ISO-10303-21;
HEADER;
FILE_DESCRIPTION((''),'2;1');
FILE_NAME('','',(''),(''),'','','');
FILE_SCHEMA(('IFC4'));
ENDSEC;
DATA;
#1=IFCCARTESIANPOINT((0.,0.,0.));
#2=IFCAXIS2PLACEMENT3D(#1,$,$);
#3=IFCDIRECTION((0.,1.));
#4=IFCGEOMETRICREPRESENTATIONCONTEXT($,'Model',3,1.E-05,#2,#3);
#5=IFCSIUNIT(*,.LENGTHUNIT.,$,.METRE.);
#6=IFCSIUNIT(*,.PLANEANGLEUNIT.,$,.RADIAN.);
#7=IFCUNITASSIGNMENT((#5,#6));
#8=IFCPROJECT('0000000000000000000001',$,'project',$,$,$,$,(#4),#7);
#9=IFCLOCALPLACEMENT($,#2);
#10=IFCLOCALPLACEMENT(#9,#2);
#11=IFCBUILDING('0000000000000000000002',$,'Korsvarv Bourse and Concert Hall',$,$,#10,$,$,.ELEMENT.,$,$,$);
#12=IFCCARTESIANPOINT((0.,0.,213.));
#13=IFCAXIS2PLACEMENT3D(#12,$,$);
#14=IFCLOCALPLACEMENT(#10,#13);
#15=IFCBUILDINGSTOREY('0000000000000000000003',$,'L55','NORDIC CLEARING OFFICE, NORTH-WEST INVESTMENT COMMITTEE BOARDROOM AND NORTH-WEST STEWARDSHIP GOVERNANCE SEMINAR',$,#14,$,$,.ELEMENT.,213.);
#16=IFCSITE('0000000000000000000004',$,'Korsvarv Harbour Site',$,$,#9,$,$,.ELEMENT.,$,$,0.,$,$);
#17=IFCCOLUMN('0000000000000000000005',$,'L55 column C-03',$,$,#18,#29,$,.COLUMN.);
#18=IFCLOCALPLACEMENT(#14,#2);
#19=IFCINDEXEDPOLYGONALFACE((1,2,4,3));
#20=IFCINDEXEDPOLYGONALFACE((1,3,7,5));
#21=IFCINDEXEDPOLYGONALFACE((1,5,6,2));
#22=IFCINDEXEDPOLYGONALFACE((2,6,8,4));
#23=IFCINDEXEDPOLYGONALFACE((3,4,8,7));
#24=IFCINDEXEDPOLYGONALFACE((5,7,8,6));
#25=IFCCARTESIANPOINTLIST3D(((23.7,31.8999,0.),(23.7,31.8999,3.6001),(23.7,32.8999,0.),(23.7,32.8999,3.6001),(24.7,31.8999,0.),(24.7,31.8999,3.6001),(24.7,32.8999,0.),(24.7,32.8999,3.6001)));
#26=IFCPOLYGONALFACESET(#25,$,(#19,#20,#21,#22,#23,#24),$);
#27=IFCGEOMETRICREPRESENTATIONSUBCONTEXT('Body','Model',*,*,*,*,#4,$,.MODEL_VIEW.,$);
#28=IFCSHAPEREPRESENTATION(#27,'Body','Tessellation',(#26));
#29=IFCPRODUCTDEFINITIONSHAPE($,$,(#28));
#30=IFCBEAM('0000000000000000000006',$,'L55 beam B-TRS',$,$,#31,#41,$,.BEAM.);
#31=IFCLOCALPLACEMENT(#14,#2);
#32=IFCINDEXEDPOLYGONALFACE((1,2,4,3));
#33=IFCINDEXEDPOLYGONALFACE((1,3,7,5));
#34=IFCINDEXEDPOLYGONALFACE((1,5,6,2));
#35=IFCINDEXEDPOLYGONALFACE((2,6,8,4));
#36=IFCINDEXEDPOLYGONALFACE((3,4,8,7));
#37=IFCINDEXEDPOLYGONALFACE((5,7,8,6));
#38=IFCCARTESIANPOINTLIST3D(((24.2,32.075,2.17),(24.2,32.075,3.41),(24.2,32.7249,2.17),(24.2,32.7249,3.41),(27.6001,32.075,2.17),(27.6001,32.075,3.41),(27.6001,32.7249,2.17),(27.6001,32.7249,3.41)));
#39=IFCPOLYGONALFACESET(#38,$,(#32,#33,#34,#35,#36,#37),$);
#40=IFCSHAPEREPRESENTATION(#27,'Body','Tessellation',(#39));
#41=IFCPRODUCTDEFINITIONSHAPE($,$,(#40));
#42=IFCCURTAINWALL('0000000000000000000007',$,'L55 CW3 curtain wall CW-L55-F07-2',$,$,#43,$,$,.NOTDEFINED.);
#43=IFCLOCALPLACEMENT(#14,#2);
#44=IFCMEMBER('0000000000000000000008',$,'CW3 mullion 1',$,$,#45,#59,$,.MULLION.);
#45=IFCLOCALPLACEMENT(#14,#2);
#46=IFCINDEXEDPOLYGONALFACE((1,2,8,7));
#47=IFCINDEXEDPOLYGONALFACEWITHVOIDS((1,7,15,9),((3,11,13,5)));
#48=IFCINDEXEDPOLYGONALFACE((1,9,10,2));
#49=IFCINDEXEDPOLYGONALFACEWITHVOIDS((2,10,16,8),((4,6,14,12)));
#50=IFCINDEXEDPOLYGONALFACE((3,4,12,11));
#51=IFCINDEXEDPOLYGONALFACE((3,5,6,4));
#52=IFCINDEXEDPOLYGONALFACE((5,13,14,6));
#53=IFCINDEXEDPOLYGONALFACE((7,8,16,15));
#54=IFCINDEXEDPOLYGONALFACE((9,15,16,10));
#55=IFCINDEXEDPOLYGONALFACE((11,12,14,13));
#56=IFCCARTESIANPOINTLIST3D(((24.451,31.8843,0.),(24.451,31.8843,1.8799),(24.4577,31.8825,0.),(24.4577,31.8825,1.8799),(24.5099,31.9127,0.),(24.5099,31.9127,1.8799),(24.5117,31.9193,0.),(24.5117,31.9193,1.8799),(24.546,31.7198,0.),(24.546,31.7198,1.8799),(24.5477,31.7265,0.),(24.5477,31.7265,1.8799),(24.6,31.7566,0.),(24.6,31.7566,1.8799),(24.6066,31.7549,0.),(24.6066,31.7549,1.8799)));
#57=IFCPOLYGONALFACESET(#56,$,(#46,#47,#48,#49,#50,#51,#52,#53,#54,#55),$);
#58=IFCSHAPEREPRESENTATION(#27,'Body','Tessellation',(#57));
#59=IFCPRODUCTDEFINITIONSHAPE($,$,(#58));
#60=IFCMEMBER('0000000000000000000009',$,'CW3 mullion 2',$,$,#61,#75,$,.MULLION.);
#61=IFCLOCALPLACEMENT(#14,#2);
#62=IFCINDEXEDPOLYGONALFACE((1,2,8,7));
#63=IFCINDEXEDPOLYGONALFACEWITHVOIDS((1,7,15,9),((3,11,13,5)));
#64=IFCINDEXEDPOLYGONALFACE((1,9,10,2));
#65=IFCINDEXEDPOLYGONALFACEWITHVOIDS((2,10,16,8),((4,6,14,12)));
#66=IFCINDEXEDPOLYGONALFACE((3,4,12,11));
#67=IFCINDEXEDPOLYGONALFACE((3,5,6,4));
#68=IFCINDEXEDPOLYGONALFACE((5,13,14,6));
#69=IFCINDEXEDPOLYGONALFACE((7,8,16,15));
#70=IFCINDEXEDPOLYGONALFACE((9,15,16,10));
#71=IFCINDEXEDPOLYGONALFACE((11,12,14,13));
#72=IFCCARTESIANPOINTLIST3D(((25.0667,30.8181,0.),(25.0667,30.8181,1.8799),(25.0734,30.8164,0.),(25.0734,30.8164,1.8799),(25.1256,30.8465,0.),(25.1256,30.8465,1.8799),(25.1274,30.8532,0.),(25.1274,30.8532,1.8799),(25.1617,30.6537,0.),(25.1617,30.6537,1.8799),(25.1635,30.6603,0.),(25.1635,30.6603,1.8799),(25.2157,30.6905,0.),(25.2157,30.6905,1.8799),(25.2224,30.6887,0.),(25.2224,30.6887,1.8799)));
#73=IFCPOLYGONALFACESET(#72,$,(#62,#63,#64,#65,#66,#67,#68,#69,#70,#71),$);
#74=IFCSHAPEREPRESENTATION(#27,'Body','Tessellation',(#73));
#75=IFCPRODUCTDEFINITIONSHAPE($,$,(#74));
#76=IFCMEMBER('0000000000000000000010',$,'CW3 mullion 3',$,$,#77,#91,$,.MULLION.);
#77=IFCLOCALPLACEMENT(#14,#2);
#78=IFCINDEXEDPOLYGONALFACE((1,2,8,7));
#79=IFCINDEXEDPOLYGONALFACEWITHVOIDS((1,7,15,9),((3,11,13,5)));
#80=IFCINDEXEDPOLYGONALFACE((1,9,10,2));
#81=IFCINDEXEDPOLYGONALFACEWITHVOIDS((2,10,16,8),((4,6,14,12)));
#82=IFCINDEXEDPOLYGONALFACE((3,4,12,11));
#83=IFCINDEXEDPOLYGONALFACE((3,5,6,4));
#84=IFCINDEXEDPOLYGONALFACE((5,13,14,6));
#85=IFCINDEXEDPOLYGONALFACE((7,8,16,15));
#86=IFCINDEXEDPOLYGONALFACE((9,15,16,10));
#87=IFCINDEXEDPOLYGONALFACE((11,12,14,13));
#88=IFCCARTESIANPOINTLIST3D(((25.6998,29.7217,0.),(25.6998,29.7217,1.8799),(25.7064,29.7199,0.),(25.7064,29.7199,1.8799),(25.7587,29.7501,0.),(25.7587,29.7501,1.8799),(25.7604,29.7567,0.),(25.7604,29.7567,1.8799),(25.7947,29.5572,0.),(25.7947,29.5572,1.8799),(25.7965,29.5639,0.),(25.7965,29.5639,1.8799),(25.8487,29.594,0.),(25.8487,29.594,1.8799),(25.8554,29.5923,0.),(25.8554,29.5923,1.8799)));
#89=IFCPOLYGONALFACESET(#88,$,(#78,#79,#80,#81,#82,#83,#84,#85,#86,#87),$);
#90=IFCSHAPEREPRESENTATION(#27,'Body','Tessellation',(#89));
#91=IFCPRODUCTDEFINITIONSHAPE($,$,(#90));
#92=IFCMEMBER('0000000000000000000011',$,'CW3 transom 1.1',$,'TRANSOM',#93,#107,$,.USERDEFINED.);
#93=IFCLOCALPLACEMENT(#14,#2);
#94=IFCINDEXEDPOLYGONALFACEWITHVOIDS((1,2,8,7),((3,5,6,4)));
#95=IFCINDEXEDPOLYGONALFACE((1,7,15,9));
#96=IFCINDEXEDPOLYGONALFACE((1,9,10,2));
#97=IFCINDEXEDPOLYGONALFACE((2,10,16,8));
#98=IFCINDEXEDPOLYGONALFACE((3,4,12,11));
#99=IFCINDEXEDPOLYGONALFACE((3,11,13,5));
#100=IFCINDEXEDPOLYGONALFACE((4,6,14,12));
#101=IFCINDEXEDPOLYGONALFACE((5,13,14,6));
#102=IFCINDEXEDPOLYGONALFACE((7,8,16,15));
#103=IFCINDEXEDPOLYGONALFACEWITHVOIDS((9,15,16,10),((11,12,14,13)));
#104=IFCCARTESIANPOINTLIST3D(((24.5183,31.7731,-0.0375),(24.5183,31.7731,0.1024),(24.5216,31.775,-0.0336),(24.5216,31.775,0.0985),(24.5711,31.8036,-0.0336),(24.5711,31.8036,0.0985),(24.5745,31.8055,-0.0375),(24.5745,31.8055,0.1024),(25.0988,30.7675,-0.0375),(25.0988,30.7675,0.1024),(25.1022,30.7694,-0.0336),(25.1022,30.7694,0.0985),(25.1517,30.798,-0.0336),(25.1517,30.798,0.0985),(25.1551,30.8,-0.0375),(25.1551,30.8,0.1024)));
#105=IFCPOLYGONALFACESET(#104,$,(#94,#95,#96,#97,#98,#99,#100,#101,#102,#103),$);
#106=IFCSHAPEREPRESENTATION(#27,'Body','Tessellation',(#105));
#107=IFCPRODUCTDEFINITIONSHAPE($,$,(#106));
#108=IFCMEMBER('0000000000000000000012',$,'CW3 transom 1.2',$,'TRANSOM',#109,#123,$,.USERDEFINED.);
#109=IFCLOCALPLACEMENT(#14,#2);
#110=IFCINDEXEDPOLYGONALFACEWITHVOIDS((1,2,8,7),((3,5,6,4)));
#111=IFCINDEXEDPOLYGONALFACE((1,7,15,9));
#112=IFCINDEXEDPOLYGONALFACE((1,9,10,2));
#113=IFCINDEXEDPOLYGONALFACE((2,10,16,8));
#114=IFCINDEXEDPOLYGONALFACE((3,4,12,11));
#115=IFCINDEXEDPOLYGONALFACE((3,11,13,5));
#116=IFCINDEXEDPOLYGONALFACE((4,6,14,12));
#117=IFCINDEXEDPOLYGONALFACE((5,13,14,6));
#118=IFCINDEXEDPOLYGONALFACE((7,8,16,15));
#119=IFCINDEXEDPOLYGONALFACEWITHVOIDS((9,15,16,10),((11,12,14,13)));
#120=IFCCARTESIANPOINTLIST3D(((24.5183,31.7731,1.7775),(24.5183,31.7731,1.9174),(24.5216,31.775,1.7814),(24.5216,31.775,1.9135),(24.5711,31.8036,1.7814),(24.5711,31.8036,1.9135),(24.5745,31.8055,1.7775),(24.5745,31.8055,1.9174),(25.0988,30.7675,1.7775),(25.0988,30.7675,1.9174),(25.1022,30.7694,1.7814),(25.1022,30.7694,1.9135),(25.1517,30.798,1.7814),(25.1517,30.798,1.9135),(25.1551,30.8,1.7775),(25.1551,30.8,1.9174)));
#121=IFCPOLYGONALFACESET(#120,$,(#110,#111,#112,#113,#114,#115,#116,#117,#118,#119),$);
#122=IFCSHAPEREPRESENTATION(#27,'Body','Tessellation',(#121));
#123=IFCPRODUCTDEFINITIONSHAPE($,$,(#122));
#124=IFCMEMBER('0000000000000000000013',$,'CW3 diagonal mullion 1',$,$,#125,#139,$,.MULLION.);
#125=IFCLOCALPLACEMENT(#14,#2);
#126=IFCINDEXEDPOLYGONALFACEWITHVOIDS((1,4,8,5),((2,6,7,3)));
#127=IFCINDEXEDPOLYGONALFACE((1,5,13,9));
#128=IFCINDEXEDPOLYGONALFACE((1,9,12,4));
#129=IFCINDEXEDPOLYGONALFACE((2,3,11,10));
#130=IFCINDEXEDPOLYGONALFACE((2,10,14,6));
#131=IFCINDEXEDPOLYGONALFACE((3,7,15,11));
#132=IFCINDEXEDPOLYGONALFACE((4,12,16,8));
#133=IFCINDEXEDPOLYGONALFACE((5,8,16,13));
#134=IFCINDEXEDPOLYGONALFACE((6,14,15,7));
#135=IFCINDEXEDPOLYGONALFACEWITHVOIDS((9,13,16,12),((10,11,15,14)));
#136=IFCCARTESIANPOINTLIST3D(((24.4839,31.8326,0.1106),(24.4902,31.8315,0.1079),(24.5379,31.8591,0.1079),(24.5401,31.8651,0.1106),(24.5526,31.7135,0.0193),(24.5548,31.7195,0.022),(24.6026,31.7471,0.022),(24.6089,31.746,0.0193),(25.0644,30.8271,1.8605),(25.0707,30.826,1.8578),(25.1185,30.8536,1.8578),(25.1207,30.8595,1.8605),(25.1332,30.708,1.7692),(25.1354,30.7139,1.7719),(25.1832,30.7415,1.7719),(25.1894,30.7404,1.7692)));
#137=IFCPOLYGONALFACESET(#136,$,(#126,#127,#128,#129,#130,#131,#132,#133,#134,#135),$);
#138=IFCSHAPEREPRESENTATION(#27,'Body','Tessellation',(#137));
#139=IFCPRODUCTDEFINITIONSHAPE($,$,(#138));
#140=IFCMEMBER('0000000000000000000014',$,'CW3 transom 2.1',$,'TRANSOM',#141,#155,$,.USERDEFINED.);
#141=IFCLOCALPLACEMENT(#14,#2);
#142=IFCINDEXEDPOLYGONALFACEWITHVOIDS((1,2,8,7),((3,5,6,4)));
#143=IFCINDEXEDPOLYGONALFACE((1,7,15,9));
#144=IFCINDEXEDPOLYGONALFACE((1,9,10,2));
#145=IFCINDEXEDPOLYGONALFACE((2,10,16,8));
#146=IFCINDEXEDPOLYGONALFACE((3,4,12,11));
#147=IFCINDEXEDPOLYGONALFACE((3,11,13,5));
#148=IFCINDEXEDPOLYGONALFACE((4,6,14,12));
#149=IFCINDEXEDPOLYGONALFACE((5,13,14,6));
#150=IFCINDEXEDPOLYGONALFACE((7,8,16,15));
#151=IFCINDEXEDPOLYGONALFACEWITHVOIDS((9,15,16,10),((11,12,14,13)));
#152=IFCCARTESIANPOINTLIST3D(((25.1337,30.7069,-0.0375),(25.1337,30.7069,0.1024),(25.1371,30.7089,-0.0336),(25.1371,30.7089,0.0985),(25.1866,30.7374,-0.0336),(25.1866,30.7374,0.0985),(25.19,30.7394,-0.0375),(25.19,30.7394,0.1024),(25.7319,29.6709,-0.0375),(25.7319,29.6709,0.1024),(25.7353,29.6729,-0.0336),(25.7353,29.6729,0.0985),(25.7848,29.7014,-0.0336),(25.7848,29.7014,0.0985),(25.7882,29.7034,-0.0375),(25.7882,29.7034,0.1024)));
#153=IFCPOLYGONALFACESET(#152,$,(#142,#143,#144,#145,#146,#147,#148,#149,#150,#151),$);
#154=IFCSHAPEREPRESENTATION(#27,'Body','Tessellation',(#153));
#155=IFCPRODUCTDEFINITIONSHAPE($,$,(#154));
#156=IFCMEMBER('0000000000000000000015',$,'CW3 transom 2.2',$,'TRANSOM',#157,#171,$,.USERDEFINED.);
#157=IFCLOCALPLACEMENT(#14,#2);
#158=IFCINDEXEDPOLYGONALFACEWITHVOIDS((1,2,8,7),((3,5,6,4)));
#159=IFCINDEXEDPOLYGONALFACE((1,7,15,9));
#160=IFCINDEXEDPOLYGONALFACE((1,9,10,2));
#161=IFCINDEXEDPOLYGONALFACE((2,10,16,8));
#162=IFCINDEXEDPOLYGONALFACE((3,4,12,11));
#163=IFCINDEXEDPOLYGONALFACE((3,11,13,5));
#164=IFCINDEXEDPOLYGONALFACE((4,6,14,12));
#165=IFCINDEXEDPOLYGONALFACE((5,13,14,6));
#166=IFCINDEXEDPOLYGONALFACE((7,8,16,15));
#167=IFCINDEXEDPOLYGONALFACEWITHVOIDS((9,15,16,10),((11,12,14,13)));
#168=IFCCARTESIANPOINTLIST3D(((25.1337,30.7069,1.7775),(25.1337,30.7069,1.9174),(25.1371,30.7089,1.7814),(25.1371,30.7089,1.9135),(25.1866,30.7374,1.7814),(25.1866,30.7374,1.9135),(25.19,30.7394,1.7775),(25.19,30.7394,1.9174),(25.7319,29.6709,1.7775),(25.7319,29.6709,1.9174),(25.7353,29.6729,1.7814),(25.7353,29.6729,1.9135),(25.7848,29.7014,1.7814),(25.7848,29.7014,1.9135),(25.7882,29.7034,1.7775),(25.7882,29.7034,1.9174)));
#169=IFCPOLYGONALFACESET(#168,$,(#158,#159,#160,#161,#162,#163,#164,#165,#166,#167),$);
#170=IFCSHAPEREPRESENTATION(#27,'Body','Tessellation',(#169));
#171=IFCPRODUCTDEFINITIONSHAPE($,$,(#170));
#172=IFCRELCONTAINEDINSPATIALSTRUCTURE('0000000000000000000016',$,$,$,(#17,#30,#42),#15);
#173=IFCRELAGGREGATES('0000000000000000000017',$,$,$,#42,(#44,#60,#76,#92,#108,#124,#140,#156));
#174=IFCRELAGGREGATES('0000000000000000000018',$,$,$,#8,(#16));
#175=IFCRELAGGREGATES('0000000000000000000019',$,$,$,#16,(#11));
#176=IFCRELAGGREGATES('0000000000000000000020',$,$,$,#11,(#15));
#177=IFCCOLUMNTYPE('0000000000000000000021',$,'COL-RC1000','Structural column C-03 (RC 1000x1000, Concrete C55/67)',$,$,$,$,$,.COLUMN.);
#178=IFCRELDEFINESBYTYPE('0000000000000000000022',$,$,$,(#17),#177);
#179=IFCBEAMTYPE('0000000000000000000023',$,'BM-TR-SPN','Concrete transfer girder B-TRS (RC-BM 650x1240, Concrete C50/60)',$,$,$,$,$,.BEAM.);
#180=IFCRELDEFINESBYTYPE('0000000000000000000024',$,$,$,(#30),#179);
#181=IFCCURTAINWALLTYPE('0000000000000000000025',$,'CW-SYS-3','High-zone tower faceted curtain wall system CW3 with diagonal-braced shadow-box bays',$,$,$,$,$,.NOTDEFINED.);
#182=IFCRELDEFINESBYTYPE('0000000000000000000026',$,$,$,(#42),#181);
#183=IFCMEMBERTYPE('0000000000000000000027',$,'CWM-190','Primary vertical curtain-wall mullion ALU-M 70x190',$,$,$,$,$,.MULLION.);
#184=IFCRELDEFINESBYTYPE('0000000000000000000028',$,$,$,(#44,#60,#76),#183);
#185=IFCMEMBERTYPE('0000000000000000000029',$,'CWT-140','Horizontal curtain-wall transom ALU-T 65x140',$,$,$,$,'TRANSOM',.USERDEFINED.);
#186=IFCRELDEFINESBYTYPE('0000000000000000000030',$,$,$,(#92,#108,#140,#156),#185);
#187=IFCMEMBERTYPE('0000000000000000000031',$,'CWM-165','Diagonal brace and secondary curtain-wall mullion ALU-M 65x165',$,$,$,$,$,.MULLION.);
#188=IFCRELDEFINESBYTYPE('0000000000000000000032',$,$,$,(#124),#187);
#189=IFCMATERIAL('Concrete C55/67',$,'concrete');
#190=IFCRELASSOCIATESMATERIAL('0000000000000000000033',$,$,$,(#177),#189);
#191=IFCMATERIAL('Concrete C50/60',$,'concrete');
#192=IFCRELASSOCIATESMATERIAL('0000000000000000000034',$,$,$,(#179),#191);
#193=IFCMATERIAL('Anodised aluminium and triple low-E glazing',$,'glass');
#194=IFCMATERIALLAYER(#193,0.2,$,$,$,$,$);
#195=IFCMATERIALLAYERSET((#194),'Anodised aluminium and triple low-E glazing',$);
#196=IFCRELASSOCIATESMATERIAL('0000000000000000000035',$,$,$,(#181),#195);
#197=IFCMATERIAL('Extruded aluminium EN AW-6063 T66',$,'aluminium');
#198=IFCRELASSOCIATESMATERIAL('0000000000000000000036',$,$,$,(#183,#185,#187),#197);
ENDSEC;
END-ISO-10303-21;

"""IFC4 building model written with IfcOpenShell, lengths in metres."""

from ifc_helpers import new_model, si_unit, direction, frame, origin, origin_2d, place, context, subcontext, project, spatial, rectangle, hollow_rectangle, extrude, source, transform, mapped, material, layer, layer_set, material_profile, profile_set, type_object, element, aggregate, save


model = new_model("IFC4")

# Units and contexts
model_context = context("Model", 3, precision=1e-05, world=origin(), true_north=direction((0.0, 1.0)))
body_context = subcontext(model_context, "Body", "Model", "MODEL_VIEW")
ifc_project = project(units=[si_unit("LENGTHUNIT", "METRE"), si_unit("PLANEANGLEUNIT", "RADIAN")], contexts=[model_context])

# Site, building, storey
site_placement = place(None, origin())
site = spatial("IfcSite", under=ifc_project, at=site_placement, Name="Korsvarv Harbour Site", CompositionType="ELEMENT", RefElevation=0.0)
building_placement = place(site_placement, origin())
building = spatial("IfcBuilding", under=site, at=building_placement, Name="Korsvarv Bourse and Concert Hall", CompositionType="ELEMENT")
storey_placement = place(building_placement, frame((0.0, 0.0, 213.0)))
storey = spatial("IfcBuildingStorey", under=building, at=storey_placement, Name="L55", Description="NORDIC CLEARING OFFICE, NORTH-WEST INVESTMENT COMMITTEE BOARDROOM AND NORTH-WEST STEWARDSHIP GOVERNANCE SEMINAR", CompositionType="ELEMENT", Elevation=213.0)

# Column
ifc_material_1 = material(Name="Concrete C55/67", Category="concrete")
ifc_material_profile_1 = material_profile(ifc_material_1, rectangle(XDim=1.0, YDim=1.0, at=origin_2d()), Name="RC 1000x1000")
ifc_profile_set_1 = profile_set([ifc_material_profile_1], Name="Concrete C55/67")
column_type = type_object("IfcColumnType", Name="COL-RC1000", Description="Structural column C-03 (RC 1000x1000, Concrete C55/67)", PredefinedType="COLUMN", material=ifc_profile_set_1)
shared_shape_1 = source(origin(), body_context, "Body", "SweptSolid", [
    extrude(rectangle(XDim=1.0, YDim=1.0, at=origin_2d()), origin(), (0.0, 0.0, 1.0), 3.6001),
])
column_placement = place(storey_placement, frame((24.2, 32.3999, 0.0), z_axis=(0.0, 0.0, 1.0), x_axis=(1.0, 0.0, 0.0)))
element("IfcColumn", 1, at=column_placement, inside=storey, type_object=column_type, Name="L55 column C-03", PredefinedType="COLUMN", context=body_context, shape_type="MappedRepresentation", body=[
    mapped(shared_shape_1, transform((0.0, 0.0, 0.0), scale=1.0)),
])

# Beam
ifc_material_2 = material(Name="Concrete C50/60", Category="concrete")
ifc_material_profile_2 = material_profile(ifc_material_2, rectangle(XDim=0.6499, YDim=1.24, at=origin_2d()), Name="RC-BM 650x1240")
ifc_profile_set_2 = profile_set([ifc_material_profile_2], Name="Concrete C50/60")
beam_type = type_object("IfcBeamType", Name="BM-TR-SPN", Description="Concrete transfer girder B-TRS (RC-BM 650x1240, Concrete C50/60)", PredefinedType="BEAM", material=ifc_profile_set_2)
shared_shape_2 = source(origin(), body_context, "Body", "SweptSolid", [
    extrude(rectangle(XDim=0.6499, YDim=1.24, at=origin_2d()), origin(), (0.0, 0.0, 1.0), 3.4001),
])
beam_placement = place(storey_placement, frame((24.2, 32.3999, 2.79), z_axis=(1.0, 0.0, 0.0), x_axis=(0.0, 1.0, 0.0)))
element("IfcBeam", 2, at=beam_placement, inside=storey, type_object=beam_type, Name="L55 beam B-TRS", PredefinedType="BEAM", context=body_context, shape_type="MappedRepresentation", body=[
    mapped(shared_shape_2, transform((0.0, 0.0, 0.0), scale=1.0)),
])

# Curtain wall, members
ifc_material_3 = material(Name="Anodised aluminium and triple low-E glazing", Category="glass")
ifc_layer_1 = layer(ifc_material_3, 0.2)
ifc_layer_set_1 = layer_set([ifc_layer_1], Name="Anodised aluminium and triple low-E glazing")
curtain_wall_type = type_object("IfcCurtainWallType", Name="CW-SYS-3", Description="High-zone tower faceted curtain wall system CW3 with diagonal-braced shadow-box bays", PredefinedType="NOTDEFINED", material=ifc_layer_set_1)
curtain_wall_placement = place(storey_placement, origin())
curtain_wall = element("IfcCurtainWall", 3, at=curtain_wall_placement, inside=storey, type_object=curtain_wall_type, Name="L55 CW3 curtain wall CW-L55-F07-2", PredefinedType="NOTDEFINED")
ifc_material_4 = material(Name="Extruded aluminium EN AW-6063 T66", Category="aluminium")
ifc_material_profile_3 = material_profile(ifc_material_4, hollow_rectangle(XDim=0.0701, YDim=0.1899, WallThickness=0.0049, at=origin_2d()), Name="ALU-M 70x190")
ifc_profile_set_3 = profile_set([ifc_material_profile_3], Name="Extruded aluminium EN AW-6063 T66")
member_type_1 = type_object("IfcMemberType", Name="CWM-190", Description="Primary vertical curtain-wall mullion ALU-M 70x190", PredefinedType="MULLION", material=ifc_profile_set_3)
shared_shape_3 = source(origin(), body_context, "Body", "SweptSolid", [
    extrude(hollow_rectangle(XDim=0.0701, YDim=0.1899, WallThickness=0.0049, at=origin_2d()), origin(), (0.0, 0.0, 1.0), 1.8799),
])
member_1_placement = place(storey_placement, frame((24.5288, 31.8196, 0.0), z_axis=(0.0, 0.0, 1.0), x_axis=(0.866026, 0.499999, 0.0)))
member_1 = element("IfcMember", 4, at=member_1_placement, type_object=member_type_1, Name="CW3 mullion 1", PredefinedType="MULLION", context=body_context, shape_type="MappedRepresentation", body=[
    mapped(shared_shape_3, transform((0.0, 0.0, 0.0), scale=1.0)),
])
member_2_placement = place(storey_placement, frame((25.1445, 30.7534, 0.0), z_axis=(0.0, 0.0, 1.0), x_axis=(0.866026, 0.499999, 0.0)))
member_2 = element("IfcMember", 5, at=member_2_placement, type_object=member_type_1, Name="CW3 mullion 2", PredefinedType="MULLION", context=body_context, shape_type="MappedRepresentation", body=[
    mapped(shared_shape_3, transform((0.0, 0.0, 0.0), scale=1.0)),
])
member_3_placement = place(storey_placement, frame((25.7776, 29.657, 0.0), z_axis=(0.0, 0.0, 1.0), x_axis=(0.866026, 0.499999, 0.0)))
member_3 = element("IfcMember", 6, at=member_3_placement, type_object=member_type_1, Name="CW3 mullion 3", PredefinedType="MULLION", context=body_context, shape_type="MappedRepresentation", body=[
    mapped(shared_shape_3, transform((0.0, 0.0, 0.0), scale=1.0)),
])
ifc_material_profile_4 = material_profile(ifc_material_4, hollow_rectangle(XDim=0.0649, YDim=0.1399, WallThickness=0.0039, at=origin_2d()), Name="ALU-T 65x140")
ifc_profile_set_4 = profile_set([ifc_material_profile_4], Name="Extruded aluminium EN AW-6063 T66")
member_type_2 = type_object("IfcMemberType", Name="CWT-140", Description="Horizontal curtain-wall transom ALU-T 65x140", ElementType="TRANSOM", PredefinedType="USERDEFINED", material=ifc_profile_set_4)
shared_shape_4 = source(origin(), body_context, "Body", "SweptSolid", [
    extrude(hollow_rectangle(XDim=0.0649, YDim=0.1399, WallThickness=0.0039, at=origin_2d()), origin(), (0.0, 0.0, 1.0), 1.1611),
])
member_4_placement = place(storey_placement, frame((24.5464, 31.7893, 0.0325), z_axis=(0.499983, -0.866035, 0.0), x_axis=(0.866035, 0.499983, 0.0)))
member_4 = element("IfcMember", 7, at=member_4_placement, type_object=member_type_2, Name="CW3 transom 1.1", ObjectType="TRANSOM", PredefinedType="USERDEFINED", context=body_context, shape_type="MappedRepresentation", body=[
    mapped(shared_shape_4, transform((0.0, 0.0, 0.0), scale=1.0)),
])
member_5_placement = place(storey_placement, frame((24.5464, 31.7893, 1.8474), z_axis=(0.499983, -0.866035, 0.0), x_axis=(0.866035, 0.499983, 0.0)))
member_5 = element("IfcMember", 8, at=member_5_placement, type_object=member_type_2, Name="CW3 transom 1.2", ObjectType="TRANSOM", PredefinedType="USERDEFINED", context=body_context, shape_type="MappedRepresentation", body=[
    mapped(shared_shape_4, transform((0.0, 0.0, 0.0), scale=1.0)),
])
ifc_material_profile_5 = material_profile(ifc_material_4, hollow_rectangle(XDim=0.0649, YDim=0.165, WallThickness=0.0049, at=origin_2d()), Name="ALU-M 65x165")
ifc_profile_set_5 = profile_set([ifc_material_profile_5], Name="Extruded aluminium EN AW-6063 T66")
member_type_3 = type_object("IfcMemberType", Name="CWM-165", Description="Diagonal brace and secondary curtain-wall mullion ALU-M 65x165", PredefinedType="MULLION", material=ifc_profile_set_5)
shared_shape_5 = source(origin(), body_context, "Body", "SweptSolid", [
    extrude(hollow_rectangle(XDim=0.0649, YDim=0.165, WallThickness=0.0049, at=origin_2d()), origin(), (0.0, 0.0, 1.0), 2.1001),
])
member_6_placement = place(storey_placement, frame((24.5464, 31.7893, 0.0649), z_axis=(0.276435, -0.47882, 0.833256), x_axis=(0.866035, 0.499983, 0.0)))
member_6 = element("IfcMember", 9, at=member_6_placement, type_object=member_type_3, Name="CW3 diagonal mullion 1", PredefinedType="MULLION", context=body_context, shape_type="MappedRepresentation", body=[
    mapped(shared_shape_5, transform((0.0, 0.0, 0.0), scale=1.0)),
])
shared_shape_6 = source(origin(), body_context, "Body", "SweptSolid", [
    extrude(hollow_rectangle(XDim=0.0649, YDim=0.1399, WallThickness=0.0039, at=origin_2d()), origin(), (0.0, 0.0, 1.0), 1.1963),
])
member_7_placement = place(storey_placement, frame((25.1619, 30.7231, 0.0325), z_axis=(0.500046, -0.865999, 0.0), x_axis=(0.865999, 0.500046, 0.0)))
member_7 = element("IfcMember", 10, at=member_7_placement, type_object=member_type_2, Name="CW3 transom 2.1", ObjectType="TRANSOM", PredefinedType="USERDEFINED", context=body_context, shape_type="MappedRepresentation", body=[
    mapped(shared_shape_6, transform((0.0, 0.0, 0.0), scale=1.0)),
])
member_8_placement = place(storey_placement, frame((25.1619, 30.7231, 1.8474), z_axis=(0.500046, -0.865999, 0.0), x_axis=(0.865999, 0.500046, 0.0)))
member_8 = element("IfcMember", 11, at=member_8_placement, type_object=member_type_2, Name="CW3 transom 2.2", ObjectType="TRANSOM", PredefinedType="USERDEFINED", context=body_context, shape_type="MappedRepresentation", body=[
    mapped(shared_shape_6, transform((0.0, 0.0, 0.0), scale=1.0)),
])
aggregate(curtain_wall, [member_1, member_2, member_3, member_4, member_5, member_6, member_7, member_8])

save(model, "model.ifc")
